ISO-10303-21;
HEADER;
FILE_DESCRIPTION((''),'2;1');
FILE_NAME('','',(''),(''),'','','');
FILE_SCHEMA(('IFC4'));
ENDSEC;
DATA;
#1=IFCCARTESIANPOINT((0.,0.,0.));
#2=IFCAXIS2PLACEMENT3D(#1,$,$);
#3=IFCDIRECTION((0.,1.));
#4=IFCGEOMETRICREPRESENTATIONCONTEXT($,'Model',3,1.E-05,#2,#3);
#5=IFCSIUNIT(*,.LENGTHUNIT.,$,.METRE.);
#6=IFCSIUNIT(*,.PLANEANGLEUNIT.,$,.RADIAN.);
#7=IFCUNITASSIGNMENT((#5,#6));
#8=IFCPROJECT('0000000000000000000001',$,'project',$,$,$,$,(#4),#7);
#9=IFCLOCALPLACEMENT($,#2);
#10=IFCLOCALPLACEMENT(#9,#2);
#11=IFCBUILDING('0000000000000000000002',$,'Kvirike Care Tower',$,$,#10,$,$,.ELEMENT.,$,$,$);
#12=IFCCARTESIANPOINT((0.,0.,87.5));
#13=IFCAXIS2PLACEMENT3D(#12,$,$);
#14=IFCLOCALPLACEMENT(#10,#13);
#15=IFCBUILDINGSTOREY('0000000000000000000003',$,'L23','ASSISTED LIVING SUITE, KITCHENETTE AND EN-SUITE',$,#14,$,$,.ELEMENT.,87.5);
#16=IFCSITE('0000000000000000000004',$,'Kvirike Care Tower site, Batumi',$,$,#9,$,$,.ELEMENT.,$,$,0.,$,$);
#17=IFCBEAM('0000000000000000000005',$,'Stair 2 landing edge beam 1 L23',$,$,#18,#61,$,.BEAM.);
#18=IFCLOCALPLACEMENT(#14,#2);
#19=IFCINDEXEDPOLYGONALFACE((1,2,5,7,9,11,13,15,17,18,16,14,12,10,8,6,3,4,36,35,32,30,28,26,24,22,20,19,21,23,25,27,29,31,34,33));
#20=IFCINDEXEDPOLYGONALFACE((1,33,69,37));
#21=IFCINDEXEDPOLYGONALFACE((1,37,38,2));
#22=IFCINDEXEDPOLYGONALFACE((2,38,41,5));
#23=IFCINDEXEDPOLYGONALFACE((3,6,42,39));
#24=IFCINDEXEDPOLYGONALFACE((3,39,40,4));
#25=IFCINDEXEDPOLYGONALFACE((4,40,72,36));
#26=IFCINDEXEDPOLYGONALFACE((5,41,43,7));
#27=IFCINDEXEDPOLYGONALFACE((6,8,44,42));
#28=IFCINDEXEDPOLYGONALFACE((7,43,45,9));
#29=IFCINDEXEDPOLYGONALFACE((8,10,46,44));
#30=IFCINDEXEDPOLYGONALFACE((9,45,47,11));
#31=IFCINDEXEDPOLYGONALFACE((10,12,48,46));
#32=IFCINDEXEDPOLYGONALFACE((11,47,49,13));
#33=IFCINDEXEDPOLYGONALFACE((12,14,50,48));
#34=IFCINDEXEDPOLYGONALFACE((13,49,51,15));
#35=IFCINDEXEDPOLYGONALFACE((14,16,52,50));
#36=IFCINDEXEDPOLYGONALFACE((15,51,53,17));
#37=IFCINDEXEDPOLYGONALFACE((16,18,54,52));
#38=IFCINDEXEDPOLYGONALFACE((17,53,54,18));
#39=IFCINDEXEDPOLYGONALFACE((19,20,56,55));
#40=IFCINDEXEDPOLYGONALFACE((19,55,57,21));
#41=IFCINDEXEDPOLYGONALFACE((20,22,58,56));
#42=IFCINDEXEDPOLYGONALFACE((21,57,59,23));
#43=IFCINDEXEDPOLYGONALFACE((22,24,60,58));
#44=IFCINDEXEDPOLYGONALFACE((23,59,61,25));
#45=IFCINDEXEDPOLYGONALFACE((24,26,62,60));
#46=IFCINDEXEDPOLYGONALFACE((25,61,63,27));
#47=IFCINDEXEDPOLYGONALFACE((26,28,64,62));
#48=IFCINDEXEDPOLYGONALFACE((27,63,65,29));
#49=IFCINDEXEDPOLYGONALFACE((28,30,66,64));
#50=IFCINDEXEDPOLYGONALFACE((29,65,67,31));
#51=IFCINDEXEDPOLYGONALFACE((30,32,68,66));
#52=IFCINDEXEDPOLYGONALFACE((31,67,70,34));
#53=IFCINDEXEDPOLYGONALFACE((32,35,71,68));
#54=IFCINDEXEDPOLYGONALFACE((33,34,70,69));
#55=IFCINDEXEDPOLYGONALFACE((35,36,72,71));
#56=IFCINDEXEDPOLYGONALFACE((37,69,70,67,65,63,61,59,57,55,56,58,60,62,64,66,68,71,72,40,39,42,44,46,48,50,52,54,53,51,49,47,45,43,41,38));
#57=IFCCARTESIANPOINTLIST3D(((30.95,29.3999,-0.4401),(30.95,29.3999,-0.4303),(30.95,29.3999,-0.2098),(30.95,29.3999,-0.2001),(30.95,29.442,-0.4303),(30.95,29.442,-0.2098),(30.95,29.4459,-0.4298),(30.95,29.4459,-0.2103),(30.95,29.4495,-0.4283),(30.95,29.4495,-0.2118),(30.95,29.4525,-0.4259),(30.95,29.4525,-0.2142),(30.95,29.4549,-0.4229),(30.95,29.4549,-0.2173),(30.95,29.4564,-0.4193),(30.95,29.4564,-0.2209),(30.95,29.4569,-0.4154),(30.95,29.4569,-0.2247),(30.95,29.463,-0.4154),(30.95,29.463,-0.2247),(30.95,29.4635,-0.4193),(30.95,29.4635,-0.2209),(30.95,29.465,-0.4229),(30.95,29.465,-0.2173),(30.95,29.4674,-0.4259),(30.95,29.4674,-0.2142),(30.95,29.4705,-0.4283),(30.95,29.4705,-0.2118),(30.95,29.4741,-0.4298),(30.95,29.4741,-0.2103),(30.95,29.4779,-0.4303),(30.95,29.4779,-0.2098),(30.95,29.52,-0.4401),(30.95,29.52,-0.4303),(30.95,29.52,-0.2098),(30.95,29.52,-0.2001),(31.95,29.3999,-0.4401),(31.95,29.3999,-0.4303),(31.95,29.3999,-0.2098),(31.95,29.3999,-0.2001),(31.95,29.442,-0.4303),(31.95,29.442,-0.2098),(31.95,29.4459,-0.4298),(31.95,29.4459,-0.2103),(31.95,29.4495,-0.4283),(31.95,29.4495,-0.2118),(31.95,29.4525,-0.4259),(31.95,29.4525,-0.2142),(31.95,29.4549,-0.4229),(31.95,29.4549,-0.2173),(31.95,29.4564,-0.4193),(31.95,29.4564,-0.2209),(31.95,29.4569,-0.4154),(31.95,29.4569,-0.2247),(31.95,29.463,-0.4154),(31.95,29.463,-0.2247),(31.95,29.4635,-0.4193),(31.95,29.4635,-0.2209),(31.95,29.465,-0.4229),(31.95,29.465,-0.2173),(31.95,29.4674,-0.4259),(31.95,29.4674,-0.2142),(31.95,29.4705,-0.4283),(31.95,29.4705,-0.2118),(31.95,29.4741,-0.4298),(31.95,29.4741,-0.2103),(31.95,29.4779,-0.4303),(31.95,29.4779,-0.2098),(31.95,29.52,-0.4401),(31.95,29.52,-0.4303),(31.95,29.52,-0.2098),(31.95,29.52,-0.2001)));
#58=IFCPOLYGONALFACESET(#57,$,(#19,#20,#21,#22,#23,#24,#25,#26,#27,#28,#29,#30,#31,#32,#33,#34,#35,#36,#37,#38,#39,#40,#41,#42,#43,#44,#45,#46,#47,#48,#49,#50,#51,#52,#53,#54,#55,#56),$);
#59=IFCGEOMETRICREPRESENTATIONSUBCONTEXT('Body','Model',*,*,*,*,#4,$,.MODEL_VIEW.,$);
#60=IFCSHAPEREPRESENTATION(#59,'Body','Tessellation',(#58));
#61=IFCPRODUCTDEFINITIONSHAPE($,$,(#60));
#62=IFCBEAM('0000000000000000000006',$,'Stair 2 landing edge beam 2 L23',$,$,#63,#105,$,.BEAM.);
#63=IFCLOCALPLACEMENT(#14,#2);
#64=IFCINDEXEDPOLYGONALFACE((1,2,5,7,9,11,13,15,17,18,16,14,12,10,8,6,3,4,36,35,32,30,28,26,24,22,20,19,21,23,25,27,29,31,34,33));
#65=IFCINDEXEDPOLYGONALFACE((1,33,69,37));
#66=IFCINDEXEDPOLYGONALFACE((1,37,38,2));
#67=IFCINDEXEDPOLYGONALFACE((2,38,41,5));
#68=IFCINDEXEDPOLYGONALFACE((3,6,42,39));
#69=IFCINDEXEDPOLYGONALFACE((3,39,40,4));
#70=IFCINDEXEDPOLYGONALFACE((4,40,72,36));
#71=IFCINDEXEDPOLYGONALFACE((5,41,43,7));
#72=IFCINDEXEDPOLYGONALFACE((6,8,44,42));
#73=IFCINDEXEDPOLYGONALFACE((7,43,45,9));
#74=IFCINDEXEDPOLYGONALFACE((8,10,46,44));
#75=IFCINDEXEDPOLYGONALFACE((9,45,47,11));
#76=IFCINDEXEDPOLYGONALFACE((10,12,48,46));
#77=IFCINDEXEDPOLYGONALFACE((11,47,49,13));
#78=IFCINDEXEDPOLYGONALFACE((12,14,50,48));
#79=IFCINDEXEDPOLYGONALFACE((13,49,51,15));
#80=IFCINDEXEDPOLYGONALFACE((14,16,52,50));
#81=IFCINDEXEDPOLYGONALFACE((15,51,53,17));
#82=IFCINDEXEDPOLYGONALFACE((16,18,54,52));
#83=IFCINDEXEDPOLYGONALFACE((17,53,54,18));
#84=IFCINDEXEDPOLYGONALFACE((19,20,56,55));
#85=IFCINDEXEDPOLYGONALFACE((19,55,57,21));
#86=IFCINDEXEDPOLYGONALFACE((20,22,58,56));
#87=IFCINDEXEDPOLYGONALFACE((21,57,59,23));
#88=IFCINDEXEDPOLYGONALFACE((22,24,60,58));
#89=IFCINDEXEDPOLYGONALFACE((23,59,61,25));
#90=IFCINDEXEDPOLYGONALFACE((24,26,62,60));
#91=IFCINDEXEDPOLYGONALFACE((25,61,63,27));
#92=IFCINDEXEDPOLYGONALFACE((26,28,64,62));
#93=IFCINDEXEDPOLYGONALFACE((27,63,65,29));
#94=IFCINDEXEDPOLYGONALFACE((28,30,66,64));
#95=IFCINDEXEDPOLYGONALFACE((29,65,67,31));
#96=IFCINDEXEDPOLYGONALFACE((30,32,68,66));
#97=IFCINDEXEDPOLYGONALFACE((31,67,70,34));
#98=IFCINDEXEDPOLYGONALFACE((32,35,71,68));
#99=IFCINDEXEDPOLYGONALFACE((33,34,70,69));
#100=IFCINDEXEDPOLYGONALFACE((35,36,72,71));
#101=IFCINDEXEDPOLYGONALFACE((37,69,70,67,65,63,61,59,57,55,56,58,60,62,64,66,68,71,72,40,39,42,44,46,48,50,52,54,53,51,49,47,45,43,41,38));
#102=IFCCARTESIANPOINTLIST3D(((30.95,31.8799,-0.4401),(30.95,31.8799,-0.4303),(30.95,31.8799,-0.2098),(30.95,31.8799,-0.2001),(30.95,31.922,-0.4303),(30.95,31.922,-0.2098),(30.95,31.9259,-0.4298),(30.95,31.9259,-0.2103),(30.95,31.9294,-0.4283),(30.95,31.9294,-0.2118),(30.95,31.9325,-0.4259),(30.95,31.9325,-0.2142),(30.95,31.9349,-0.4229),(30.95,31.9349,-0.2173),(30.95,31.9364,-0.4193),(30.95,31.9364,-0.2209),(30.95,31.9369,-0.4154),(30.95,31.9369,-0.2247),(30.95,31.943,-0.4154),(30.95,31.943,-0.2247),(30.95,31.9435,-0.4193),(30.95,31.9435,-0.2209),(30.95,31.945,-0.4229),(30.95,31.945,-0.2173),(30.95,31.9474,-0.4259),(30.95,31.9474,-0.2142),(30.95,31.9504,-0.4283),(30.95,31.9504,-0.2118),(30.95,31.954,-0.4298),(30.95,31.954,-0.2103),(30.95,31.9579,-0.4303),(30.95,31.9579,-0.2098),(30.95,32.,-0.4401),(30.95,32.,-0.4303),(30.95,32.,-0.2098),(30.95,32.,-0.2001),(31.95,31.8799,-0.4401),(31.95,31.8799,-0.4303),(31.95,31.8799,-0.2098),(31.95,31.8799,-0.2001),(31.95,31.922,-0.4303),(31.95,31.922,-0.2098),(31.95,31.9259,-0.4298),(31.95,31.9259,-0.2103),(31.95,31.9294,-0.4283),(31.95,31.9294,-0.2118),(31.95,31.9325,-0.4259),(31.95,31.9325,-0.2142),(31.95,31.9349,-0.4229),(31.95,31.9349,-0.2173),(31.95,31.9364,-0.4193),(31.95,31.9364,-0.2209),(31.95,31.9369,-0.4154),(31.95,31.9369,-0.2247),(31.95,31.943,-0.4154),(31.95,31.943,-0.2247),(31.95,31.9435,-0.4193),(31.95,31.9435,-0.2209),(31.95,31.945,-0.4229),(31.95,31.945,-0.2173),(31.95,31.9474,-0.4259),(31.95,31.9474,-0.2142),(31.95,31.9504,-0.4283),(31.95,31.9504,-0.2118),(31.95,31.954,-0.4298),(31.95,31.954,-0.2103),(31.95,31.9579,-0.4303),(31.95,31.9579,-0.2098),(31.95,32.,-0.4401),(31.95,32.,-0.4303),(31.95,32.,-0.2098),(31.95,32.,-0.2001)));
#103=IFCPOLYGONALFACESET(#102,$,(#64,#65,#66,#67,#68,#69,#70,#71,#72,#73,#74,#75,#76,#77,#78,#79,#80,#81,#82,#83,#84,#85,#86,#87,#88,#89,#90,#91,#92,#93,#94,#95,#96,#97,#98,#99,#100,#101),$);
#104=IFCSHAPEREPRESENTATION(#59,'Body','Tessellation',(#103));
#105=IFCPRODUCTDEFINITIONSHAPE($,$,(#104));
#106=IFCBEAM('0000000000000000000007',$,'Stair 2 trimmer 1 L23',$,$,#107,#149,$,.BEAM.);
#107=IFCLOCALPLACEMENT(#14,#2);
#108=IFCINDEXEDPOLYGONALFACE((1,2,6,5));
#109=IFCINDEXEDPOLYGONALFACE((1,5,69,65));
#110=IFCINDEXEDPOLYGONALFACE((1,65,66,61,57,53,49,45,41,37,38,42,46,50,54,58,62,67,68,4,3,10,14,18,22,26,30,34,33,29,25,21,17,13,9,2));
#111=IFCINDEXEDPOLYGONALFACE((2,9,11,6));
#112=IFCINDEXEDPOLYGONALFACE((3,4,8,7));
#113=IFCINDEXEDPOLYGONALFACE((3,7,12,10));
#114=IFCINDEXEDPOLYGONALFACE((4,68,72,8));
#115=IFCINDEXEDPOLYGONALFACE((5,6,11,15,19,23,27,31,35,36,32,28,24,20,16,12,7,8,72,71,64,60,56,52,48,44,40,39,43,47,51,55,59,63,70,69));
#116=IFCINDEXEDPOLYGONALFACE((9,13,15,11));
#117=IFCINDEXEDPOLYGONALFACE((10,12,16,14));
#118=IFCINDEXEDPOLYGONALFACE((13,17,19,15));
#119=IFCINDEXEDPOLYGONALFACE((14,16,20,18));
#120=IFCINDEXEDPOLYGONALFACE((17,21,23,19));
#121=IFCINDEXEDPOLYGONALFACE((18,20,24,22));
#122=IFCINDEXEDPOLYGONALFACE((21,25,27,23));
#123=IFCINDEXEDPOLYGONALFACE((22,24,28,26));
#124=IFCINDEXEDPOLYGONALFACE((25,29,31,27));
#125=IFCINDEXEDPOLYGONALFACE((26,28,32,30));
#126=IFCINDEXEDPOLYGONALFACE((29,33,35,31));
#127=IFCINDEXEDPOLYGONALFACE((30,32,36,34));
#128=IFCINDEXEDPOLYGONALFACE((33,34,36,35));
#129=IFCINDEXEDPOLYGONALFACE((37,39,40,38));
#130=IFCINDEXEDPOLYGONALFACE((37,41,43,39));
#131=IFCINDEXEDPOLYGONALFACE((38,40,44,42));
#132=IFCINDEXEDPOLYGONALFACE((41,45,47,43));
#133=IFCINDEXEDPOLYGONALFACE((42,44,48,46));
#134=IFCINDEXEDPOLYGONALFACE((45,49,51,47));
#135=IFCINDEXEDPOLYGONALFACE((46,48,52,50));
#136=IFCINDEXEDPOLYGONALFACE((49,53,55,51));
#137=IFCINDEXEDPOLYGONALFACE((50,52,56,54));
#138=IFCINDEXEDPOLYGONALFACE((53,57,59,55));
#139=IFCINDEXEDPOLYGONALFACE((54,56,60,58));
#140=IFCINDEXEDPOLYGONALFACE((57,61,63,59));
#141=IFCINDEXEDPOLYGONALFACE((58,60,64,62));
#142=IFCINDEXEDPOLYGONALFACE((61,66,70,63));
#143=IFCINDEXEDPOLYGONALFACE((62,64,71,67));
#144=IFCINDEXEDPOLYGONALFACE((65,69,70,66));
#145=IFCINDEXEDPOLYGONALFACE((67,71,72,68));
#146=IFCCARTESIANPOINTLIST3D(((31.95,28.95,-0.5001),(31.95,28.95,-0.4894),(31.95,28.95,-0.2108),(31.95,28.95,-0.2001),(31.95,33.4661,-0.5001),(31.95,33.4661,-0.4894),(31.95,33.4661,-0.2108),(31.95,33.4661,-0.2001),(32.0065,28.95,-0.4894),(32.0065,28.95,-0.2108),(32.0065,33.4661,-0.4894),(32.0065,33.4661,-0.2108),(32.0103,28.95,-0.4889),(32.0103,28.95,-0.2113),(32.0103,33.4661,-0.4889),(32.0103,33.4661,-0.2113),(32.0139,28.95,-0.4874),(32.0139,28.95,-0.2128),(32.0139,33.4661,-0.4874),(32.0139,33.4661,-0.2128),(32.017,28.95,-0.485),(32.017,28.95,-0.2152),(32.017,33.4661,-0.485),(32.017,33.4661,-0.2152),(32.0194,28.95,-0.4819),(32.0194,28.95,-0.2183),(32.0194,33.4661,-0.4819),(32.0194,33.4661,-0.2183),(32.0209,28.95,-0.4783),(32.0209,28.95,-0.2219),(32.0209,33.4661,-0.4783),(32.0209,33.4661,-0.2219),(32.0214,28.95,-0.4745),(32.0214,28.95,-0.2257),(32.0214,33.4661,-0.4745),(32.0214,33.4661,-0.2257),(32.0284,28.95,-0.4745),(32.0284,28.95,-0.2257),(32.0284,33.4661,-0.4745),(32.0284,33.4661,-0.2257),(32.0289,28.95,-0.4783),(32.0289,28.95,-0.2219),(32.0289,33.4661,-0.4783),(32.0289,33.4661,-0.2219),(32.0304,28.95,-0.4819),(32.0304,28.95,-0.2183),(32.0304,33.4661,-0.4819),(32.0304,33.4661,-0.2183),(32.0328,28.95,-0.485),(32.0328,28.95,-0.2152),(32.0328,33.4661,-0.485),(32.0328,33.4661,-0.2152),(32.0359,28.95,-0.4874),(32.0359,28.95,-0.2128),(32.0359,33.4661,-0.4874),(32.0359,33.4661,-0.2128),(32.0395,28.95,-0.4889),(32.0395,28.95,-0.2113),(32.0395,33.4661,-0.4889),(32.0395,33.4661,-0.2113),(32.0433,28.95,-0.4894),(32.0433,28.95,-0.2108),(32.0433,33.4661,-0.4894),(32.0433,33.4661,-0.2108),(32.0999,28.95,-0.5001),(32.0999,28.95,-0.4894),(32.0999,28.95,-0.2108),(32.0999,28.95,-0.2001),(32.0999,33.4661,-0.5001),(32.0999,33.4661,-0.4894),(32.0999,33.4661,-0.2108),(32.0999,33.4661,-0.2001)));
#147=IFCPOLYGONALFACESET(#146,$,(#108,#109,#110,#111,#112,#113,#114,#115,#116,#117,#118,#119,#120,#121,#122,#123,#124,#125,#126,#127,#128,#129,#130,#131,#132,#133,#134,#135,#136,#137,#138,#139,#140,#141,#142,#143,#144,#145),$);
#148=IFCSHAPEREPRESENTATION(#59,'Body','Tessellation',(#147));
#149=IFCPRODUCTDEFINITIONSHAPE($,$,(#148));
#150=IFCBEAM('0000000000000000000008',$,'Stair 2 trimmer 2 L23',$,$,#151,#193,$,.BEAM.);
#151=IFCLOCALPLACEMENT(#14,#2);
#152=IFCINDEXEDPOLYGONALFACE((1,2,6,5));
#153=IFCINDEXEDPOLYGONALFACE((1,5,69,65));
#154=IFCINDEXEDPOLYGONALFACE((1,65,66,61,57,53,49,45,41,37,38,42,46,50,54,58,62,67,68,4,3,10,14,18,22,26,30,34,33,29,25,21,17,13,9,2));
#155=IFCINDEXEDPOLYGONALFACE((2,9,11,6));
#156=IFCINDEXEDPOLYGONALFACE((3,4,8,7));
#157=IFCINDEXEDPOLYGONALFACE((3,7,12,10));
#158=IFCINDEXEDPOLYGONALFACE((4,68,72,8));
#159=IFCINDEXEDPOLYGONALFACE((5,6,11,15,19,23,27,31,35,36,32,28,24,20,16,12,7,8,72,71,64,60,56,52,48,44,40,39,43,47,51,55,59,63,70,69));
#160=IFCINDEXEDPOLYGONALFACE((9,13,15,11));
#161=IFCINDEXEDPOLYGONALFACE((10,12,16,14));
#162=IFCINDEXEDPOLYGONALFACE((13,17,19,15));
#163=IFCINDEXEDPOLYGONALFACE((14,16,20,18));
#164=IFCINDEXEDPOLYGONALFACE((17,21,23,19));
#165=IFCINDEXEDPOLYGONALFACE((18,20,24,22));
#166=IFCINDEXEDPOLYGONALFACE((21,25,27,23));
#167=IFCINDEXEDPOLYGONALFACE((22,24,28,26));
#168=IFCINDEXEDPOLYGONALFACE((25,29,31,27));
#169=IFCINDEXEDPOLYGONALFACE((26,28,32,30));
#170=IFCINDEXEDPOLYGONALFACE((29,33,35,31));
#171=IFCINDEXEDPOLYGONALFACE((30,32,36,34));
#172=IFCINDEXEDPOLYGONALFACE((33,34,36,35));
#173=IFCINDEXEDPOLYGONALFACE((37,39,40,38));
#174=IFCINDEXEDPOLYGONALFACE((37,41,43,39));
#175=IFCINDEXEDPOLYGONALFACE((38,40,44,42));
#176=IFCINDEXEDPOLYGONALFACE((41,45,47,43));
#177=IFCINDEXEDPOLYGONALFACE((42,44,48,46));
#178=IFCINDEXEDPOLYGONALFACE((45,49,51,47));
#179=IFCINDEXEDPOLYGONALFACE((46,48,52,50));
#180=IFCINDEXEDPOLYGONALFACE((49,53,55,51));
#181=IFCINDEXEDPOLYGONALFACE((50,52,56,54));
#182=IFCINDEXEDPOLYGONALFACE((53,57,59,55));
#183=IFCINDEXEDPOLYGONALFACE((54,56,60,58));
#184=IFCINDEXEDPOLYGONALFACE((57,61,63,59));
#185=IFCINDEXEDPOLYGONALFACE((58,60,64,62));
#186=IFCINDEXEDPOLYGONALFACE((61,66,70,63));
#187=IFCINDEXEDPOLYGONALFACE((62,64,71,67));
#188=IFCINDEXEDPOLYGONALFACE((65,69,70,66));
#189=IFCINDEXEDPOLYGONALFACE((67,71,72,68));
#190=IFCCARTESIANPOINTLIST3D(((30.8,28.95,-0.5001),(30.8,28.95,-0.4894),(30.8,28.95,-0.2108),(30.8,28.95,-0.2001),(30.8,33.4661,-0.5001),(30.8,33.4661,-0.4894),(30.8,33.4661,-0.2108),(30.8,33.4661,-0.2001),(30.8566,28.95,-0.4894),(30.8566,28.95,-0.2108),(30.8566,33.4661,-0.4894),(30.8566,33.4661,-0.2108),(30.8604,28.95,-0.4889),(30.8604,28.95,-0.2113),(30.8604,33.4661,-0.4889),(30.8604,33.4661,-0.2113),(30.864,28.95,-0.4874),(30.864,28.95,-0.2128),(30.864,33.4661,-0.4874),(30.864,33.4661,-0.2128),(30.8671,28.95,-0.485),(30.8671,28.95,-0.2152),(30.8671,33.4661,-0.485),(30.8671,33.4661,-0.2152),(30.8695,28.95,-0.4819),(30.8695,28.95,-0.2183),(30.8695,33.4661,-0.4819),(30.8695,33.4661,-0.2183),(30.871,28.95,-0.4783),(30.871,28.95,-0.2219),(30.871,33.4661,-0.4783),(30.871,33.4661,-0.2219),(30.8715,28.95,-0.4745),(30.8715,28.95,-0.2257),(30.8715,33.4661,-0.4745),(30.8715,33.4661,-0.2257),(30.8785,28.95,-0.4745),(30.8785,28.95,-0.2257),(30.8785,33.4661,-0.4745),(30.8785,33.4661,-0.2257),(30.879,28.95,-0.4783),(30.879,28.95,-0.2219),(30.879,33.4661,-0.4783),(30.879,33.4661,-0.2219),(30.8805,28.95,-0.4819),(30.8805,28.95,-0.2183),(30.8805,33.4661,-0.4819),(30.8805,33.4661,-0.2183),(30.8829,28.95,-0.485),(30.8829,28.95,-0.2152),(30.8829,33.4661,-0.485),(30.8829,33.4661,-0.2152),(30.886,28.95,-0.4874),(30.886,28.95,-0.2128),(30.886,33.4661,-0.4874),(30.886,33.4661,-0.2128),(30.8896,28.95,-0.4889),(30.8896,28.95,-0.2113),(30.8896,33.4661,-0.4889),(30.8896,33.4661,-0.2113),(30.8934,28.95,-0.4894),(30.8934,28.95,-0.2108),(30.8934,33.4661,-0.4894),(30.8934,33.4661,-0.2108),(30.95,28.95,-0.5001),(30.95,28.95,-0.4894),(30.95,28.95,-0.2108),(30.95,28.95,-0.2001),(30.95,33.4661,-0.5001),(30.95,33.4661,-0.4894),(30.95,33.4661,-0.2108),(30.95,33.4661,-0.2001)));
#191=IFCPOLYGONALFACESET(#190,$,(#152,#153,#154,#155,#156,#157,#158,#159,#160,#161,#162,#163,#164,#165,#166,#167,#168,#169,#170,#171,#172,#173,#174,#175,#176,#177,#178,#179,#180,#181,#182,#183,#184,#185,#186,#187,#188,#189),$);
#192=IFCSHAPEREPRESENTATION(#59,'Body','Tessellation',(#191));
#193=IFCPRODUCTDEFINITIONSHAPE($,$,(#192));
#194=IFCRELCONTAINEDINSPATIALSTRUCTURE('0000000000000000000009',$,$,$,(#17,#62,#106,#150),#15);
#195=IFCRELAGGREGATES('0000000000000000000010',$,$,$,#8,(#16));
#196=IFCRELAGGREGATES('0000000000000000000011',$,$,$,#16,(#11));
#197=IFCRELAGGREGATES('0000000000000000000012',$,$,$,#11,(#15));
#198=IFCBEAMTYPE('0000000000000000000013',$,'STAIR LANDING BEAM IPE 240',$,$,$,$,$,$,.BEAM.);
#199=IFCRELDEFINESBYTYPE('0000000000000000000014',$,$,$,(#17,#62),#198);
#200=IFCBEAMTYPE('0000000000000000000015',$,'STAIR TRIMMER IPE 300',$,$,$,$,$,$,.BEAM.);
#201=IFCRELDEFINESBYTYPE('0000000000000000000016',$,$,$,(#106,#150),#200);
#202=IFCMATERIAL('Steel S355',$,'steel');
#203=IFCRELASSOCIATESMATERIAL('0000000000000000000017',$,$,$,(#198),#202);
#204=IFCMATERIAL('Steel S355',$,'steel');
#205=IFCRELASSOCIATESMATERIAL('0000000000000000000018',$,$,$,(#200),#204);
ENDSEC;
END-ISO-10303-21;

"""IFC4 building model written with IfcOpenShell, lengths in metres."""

from ifc_helpers import new_model, si_unit, direction, frame, origin, origin_2d, place, context, subcontext, project, spatial, i_section, extrude, material, material_profile, profile_set, type_object, element, save


model = new_model("IFC4")

# Units and contexts
model_context = context("Model", 3, precision=1e-05, world=origin(), true_north=direction((0.0, 1.0)))
body_context = subcontext(model_context, "Body", "Model", "MODEL_VIEW")
ifc_project = project(units=[si_unit("LENGTHUNIT", "METRE"), si_unit("PLANEANGLEUNIT", "RADIAN")], contexts=[model_context])

# Site, building, storey
site_placement = place(None, origin())
site = spatial("IfcSite", under=ifc_project, at=site_placement, Name="Kvirike Care Tower site, Batumi", CompositionType="ELEMENT", RefElevation=0.0)
building_placement = place(site_placement, origin())
building = spatial("IfcBuilding", under=site, at=building_placement, Name="Kvirike Care Tower", CompositionType="ELEMENT")
storey_placement = place(building_placement, frame((0.0, 0.0, 87.5)))
storey = spatial("IfcBuildingStorey", under=building, at=storey_placement, Name="L23", Description="ASSISTED LIVING SUITE, KITCHENETTE AND EN-SUITE", CompositionType="ELEMENT", Elevation=87.5)

# Beams
ifc_material_1 = material(Name="Steel S355", Category="steel")
ifc_material_profile_1 = material_profile(ifc_material_1, i_section(OverallWidth=0.1201, OverallDepth=0.24, WebThickness=0.0061, FlangeThickness=0.0098, FilletRadius=0.0149, at=origin_2d()), Name="IPE 240")
ifc_profile_set_1 = profile_set([ifc_material_profile_1], Name="Steel S355")
beam_type_1 = type_object("IfcBeamType", Name="STAIR LANDING BEAM IPE 240", PredefinedType="BEAM", material=ifc_profile_set_1)
for number, where, z_axis, x_axis, name in (
    (1, (31.95, 29.46, -0.3201), (-1.0, 0.0, 0.0), (0.0, -1.0, 0.0), "Stair 2 landing edge beam 1 L23"),
    (2, (31.95, 31.9399, -0.3201), (-1.0, 0.0, 0.0), (0.0, -1.0, 0.0), "Stair 2 landing edge beam 2 L23"),
):
    element("IfcBeam", number, at=place(storey_placement, frame(where, z_axis=z_axis, x_axis=x_axis)), inside=storey, type_object=beam_type_1, Name=name, PredefinedType="BEAM", context=body_context, shape_type="SweptSolid", body=[
        extrude(i_section(OverallWidth=0.1201, OverallDepth=0.24, WebThickness=0.0061, FlangeThickness=0.0098, FilletRadius=0.0149, at=origin_2d()), origin(), (0.0, 0.0, 1.0), 1.0),
    ])
ifc_material_2 = material(Name="Steel S355", Category="steel")
ifc_material_profile_2 = material_profile(ifc_material_2, i_section(OverallWidth=0.1499, OverallDepth=0.3, WebThickness=0.0071, FlangeThickness=0.0107, FilletRadius=0.0149, at=origin_2d()), Name="IPE 300")
ifc_profile_set_2 = profile_set([ifc_material_profile_2], Name="Steel S355")
beam_type_2 = type_object("IfcBeamType", Name="STAIR TRIMMER IPE 300", PredefinedType="BEAM", material=ifc_profile_set_2)
for number, where, z_axis, x_axis, name in (
    (3, (32.0249, 28.95, -0.3501), (0.0, 1.0, 0.0), (-1.0, 0.0, 0.0), "Stair 2 trimmer 1 L23"),
    (4, (30.875, 28.95, -0.3501), (0.0, 1.0, 0.0), (-1.0, 0.0, 0.0), "Stair 2 trimmer 2 L23"),
):
    element("IfcBeam", number, at=place(storey_placement, frame(where, z_axis=z_axis, x_axis=x_axis)), inside=storey, type_object=beam_type_2, Name=name, PredefinedType="BEAM", context=body_context, shape_type="SweptSolid", body=[
        extrude(i_section(OverallWidth=0.1499, OverallDepth=0.3, WebThickness=0.0071, FlangeThickness=0.0107, FilletRadius=0.0149, at=origin_2d()), origin(), (0.0, 0.0, 1.0), 4.5161),
    ])

save(model, "model.ifc")
